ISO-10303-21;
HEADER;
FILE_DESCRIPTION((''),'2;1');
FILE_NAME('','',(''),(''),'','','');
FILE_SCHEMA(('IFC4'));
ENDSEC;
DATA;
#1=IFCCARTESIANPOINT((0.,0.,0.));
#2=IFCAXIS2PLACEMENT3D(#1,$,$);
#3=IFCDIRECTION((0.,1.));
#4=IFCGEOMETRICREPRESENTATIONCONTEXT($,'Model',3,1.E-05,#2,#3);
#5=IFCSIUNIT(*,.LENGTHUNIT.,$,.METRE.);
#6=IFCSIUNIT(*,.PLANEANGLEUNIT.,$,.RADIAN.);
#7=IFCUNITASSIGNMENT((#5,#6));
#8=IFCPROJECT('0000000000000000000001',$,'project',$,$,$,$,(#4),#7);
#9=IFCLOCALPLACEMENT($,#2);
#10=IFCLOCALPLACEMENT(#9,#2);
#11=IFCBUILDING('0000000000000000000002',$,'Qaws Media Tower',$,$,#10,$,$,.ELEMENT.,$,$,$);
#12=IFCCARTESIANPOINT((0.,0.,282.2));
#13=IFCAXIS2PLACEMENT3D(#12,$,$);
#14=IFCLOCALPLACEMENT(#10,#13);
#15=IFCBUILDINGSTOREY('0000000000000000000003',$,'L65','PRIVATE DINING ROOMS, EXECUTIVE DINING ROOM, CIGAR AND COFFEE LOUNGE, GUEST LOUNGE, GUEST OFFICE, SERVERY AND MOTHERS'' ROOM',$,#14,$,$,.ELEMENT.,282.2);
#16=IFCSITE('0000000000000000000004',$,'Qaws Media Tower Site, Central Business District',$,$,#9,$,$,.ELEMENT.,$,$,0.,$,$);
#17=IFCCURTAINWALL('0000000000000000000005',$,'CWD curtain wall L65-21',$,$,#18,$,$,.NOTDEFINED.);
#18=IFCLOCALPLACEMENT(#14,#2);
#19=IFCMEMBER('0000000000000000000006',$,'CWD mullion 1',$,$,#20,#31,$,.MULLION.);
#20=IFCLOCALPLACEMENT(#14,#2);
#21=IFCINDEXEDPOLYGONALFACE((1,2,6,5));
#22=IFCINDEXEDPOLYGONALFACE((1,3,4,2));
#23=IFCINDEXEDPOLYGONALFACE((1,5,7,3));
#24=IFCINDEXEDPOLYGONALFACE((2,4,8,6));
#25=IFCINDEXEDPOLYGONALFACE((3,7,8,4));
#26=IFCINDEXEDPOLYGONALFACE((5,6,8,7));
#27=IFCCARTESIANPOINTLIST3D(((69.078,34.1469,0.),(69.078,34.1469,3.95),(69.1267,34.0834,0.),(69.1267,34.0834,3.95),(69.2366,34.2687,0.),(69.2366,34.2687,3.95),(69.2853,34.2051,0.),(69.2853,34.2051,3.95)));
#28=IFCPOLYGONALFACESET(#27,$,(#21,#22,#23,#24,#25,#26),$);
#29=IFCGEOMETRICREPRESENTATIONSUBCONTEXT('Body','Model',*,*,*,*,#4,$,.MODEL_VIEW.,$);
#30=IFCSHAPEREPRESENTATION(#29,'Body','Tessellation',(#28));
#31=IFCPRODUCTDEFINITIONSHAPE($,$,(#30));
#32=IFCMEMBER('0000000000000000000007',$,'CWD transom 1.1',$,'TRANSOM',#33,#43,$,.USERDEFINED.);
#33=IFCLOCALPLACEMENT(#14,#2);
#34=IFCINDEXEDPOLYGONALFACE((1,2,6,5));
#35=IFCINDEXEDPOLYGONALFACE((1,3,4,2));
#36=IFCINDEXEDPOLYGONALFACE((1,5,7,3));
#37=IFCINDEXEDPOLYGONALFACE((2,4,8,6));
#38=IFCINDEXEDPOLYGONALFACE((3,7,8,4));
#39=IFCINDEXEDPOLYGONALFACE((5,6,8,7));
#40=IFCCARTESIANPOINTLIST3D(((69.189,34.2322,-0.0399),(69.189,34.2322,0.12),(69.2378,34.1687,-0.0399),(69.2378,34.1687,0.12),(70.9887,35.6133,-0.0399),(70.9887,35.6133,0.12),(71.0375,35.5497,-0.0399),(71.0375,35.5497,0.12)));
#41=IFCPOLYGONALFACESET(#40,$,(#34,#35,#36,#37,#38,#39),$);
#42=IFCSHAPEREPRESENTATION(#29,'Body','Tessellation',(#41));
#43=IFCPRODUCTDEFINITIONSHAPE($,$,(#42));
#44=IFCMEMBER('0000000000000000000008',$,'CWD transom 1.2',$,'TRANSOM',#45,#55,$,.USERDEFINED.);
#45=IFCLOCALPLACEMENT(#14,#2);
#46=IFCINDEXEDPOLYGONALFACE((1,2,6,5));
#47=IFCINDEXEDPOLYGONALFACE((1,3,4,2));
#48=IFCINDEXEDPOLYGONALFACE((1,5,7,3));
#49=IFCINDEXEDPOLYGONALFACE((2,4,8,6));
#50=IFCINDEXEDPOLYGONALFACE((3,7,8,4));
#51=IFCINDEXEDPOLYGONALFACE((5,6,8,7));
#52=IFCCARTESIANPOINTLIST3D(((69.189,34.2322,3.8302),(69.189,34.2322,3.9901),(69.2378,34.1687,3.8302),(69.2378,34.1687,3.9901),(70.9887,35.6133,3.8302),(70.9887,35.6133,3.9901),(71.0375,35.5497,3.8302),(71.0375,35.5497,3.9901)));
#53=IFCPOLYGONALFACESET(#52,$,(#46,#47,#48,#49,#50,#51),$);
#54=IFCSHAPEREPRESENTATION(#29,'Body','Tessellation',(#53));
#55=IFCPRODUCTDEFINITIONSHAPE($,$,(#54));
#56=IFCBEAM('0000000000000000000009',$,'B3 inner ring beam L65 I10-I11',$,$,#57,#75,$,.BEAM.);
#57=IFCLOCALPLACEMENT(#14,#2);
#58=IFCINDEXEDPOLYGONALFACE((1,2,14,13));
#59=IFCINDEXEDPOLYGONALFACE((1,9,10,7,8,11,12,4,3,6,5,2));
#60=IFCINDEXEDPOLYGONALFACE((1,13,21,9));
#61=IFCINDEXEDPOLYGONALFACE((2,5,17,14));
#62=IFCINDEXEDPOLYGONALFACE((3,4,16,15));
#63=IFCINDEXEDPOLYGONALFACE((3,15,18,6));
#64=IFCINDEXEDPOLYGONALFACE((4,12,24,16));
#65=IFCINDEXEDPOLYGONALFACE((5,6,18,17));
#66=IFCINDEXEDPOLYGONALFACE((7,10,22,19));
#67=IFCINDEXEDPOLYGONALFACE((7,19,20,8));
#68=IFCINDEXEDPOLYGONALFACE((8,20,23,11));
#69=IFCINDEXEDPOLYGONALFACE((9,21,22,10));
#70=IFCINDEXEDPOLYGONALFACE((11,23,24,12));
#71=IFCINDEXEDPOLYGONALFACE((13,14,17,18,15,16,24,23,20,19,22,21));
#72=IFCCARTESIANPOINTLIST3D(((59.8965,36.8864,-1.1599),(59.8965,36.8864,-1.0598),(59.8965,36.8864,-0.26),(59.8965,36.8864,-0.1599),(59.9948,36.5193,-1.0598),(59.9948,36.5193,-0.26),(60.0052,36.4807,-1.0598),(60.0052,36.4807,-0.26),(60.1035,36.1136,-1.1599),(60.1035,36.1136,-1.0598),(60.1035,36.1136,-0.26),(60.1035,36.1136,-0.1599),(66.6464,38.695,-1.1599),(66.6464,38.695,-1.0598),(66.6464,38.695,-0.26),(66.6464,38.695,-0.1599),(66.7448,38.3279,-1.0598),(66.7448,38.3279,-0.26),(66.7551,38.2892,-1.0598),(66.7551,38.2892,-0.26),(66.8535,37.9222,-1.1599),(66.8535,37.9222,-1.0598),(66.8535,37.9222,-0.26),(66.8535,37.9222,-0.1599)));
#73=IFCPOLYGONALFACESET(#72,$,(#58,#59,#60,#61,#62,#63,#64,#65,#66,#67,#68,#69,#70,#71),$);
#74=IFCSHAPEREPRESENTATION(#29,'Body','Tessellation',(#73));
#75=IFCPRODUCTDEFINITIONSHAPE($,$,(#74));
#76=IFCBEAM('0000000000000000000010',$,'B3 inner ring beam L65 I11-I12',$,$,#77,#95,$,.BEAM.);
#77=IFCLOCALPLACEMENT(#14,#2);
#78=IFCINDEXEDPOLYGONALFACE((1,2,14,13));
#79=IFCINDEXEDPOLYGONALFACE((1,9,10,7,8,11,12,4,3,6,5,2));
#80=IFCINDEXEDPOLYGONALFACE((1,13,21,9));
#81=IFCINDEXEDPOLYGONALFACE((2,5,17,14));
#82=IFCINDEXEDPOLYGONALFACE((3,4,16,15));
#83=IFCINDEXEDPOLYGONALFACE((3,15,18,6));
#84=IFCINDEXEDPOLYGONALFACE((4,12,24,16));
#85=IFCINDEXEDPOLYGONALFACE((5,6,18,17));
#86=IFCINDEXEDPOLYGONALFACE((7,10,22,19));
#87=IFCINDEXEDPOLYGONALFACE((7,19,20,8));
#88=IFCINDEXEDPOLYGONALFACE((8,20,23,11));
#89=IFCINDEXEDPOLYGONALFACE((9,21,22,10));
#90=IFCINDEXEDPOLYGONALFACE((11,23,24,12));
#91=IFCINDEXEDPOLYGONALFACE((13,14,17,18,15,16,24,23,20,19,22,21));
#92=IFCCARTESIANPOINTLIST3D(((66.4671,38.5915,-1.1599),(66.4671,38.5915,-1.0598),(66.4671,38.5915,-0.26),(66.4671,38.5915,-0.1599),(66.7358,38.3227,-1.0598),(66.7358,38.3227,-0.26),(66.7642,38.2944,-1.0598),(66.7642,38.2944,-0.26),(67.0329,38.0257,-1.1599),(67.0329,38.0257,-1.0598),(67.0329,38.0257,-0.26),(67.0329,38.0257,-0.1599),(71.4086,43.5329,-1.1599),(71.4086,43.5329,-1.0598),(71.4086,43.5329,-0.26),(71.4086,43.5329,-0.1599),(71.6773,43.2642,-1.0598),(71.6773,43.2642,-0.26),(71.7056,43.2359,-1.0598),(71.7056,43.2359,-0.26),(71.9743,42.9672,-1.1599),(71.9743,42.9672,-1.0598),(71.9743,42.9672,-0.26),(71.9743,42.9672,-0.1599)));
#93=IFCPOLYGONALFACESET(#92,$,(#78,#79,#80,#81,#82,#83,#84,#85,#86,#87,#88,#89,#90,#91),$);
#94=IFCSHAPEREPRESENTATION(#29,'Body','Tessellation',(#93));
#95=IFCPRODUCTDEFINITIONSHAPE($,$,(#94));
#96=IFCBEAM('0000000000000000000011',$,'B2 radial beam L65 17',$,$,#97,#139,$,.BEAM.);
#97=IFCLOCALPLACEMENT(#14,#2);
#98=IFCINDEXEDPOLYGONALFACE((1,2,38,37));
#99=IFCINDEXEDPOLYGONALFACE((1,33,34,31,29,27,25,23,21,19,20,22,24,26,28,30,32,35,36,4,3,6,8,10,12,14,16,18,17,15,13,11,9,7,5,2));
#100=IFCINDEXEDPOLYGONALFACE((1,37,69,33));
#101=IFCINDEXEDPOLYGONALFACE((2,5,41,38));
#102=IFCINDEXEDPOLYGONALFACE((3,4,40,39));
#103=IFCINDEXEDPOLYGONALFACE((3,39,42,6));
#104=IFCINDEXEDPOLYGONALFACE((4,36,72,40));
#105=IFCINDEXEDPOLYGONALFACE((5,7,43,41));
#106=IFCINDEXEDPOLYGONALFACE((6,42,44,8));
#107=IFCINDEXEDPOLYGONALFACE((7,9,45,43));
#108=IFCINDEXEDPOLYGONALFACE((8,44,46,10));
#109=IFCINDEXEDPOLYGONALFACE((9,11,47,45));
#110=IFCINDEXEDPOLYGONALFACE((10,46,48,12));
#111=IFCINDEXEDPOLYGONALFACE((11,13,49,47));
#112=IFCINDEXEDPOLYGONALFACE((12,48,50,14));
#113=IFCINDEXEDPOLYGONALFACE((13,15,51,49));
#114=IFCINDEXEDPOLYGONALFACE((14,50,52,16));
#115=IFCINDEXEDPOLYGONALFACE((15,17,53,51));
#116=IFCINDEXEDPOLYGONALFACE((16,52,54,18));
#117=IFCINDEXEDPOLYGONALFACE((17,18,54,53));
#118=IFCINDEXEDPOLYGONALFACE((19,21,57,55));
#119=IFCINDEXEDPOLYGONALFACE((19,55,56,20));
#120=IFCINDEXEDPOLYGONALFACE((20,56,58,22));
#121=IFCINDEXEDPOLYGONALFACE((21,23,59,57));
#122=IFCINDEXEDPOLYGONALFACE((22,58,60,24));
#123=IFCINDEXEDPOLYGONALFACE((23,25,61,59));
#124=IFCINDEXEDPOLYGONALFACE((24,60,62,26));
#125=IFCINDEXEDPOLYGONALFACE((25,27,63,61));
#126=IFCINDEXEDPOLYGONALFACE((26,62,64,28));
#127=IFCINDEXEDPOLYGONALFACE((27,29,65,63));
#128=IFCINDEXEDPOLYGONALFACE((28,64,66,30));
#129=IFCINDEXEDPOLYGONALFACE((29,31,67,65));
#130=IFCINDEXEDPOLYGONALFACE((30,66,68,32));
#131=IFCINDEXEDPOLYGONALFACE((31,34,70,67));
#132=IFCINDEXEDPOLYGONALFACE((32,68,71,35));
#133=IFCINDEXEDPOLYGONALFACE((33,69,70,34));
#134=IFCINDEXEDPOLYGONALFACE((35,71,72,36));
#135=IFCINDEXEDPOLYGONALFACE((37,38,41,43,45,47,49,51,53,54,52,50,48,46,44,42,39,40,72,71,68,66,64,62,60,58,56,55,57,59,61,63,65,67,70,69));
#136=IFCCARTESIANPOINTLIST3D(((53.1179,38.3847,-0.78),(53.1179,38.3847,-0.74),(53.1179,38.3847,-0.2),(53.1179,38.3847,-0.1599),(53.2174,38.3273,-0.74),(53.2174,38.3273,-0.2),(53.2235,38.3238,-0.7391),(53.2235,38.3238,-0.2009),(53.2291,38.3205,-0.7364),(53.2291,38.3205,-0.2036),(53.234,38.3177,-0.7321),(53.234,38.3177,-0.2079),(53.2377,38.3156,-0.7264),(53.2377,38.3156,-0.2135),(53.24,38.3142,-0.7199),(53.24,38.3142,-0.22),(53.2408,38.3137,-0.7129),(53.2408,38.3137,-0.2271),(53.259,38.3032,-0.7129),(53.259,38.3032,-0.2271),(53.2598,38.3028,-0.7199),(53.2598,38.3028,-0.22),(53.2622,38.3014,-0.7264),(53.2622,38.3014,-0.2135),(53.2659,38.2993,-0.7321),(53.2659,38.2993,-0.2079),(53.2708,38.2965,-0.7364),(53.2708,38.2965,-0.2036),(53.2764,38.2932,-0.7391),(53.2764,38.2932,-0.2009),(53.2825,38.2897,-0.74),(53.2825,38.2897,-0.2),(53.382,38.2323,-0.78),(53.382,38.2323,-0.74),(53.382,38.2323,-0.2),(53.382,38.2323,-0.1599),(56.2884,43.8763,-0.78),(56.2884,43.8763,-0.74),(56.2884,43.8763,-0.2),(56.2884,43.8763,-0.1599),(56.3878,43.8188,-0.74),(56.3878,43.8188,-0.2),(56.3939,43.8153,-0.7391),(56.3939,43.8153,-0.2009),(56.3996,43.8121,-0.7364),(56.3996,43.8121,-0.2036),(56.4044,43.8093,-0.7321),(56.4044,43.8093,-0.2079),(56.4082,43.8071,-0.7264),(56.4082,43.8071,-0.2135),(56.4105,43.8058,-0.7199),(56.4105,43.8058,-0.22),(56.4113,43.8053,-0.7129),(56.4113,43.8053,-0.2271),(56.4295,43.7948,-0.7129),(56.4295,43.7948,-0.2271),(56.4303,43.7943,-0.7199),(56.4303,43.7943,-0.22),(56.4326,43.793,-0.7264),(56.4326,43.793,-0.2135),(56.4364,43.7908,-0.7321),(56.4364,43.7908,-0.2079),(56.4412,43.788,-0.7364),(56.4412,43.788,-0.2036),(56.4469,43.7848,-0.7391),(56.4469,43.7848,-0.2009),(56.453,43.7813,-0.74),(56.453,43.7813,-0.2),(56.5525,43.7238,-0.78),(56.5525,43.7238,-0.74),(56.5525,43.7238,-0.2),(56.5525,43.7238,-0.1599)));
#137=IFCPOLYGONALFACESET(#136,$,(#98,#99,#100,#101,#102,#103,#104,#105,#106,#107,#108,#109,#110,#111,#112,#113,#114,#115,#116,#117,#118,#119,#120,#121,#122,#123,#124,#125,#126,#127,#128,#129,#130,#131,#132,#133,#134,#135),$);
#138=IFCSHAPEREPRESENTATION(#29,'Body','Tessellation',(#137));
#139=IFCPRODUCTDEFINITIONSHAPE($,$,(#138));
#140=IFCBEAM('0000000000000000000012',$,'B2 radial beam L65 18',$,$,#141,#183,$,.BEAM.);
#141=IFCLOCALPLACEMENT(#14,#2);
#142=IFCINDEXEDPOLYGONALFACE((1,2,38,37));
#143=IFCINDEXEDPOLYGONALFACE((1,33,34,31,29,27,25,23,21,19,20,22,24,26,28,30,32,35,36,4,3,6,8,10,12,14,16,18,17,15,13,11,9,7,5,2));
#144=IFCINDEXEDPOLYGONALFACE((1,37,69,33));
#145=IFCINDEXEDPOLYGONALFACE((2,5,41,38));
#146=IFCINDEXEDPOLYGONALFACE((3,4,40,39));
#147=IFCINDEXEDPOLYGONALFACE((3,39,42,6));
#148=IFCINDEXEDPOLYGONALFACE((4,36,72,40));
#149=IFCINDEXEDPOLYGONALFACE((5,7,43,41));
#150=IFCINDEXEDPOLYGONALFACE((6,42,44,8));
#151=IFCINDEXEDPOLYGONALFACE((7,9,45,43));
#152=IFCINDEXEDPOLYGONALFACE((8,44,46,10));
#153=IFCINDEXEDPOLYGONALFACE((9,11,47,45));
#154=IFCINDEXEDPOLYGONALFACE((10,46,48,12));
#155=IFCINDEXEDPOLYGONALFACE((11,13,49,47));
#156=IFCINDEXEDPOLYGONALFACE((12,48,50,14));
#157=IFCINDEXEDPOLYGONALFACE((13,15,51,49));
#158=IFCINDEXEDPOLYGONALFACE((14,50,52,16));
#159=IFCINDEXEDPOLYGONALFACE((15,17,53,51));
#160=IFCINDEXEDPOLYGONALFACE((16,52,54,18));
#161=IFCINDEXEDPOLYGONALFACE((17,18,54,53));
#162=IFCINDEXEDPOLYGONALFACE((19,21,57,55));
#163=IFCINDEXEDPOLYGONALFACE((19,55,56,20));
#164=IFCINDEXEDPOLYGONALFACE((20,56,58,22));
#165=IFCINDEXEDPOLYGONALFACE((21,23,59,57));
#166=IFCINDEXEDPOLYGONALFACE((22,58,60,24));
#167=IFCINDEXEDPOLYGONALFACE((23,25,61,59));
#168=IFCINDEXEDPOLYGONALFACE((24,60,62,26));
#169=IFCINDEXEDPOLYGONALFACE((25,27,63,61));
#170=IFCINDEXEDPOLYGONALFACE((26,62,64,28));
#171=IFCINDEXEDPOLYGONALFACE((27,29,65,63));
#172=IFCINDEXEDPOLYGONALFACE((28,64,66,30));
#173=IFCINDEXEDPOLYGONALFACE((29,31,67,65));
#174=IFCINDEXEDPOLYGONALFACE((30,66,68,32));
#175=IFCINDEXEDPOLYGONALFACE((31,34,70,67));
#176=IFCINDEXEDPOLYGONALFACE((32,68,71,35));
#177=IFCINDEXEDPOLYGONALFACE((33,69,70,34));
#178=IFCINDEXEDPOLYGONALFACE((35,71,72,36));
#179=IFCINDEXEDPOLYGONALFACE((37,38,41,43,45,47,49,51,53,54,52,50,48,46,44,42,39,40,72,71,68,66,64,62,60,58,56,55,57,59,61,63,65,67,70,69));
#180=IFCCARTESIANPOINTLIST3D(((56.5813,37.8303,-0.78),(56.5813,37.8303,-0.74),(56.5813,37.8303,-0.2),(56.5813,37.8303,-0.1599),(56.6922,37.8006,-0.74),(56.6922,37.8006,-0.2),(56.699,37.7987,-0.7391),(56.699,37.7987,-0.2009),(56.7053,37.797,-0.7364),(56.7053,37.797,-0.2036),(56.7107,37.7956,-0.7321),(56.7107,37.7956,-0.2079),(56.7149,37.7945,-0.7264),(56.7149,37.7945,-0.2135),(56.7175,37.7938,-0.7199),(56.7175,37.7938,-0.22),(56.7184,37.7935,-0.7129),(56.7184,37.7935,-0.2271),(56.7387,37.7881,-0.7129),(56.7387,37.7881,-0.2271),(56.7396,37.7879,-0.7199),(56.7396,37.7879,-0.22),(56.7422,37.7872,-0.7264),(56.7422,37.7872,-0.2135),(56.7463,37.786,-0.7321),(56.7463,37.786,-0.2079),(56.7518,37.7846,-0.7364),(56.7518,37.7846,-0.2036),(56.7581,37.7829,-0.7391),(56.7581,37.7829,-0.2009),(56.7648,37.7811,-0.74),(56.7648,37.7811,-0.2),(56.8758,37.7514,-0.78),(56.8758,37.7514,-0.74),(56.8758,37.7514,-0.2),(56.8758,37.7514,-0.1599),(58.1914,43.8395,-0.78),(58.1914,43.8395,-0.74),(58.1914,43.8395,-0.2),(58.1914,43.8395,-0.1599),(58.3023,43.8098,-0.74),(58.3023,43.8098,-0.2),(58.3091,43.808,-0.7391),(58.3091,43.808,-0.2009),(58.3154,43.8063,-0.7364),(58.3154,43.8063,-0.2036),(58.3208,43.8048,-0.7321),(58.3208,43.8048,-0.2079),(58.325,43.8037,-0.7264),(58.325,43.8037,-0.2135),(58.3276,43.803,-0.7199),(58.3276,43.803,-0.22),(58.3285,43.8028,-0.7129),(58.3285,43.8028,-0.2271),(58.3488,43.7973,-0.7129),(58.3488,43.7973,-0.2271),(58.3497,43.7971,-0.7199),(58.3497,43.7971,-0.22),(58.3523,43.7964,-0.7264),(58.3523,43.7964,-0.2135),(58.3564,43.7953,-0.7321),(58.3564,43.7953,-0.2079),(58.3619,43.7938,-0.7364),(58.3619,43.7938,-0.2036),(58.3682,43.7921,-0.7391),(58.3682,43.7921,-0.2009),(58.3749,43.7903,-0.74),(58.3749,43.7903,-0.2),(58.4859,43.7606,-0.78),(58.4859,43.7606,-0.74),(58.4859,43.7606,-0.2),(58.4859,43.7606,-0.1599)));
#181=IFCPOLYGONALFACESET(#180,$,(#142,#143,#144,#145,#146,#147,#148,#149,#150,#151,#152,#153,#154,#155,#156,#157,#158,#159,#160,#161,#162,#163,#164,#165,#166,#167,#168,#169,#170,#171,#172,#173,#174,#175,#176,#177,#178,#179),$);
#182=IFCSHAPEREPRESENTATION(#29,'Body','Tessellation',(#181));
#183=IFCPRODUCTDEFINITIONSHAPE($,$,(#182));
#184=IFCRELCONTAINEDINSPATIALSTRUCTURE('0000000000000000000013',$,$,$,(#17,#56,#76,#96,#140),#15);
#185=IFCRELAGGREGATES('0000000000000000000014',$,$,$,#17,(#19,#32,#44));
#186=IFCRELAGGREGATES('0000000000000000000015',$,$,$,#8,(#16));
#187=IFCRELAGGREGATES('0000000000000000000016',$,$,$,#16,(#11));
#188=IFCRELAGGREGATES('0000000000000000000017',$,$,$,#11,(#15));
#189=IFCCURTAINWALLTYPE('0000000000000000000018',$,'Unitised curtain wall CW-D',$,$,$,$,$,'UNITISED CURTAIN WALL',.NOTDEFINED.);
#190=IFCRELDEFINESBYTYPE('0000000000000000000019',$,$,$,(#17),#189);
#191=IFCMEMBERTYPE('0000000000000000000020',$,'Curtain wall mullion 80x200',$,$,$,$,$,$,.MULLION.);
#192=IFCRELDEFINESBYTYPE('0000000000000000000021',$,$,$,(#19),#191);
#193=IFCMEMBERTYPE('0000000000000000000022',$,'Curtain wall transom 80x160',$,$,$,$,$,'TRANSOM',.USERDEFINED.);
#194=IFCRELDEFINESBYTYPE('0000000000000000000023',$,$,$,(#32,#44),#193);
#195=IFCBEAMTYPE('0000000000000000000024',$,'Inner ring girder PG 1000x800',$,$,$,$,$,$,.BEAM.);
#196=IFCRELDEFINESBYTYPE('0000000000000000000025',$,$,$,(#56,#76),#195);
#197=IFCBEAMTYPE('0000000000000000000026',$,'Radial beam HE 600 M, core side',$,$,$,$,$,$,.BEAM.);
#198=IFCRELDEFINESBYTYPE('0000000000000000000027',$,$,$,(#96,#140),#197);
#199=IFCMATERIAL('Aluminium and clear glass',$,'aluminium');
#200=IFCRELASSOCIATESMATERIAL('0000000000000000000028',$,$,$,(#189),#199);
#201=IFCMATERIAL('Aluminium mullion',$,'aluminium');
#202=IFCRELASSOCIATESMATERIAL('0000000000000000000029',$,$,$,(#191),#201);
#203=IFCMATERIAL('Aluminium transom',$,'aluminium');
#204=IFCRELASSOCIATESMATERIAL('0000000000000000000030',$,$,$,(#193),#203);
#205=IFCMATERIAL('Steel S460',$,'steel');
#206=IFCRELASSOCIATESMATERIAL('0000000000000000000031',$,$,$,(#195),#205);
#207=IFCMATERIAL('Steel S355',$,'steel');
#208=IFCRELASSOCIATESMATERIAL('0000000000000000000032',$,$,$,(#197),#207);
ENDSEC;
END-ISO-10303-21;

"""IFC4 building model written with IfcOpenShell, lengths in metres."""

from ifc_helpers import new_model, si_unit, direction, frame, origin, origin_2d, place, context, subcontext, project, spatial, rectangle, i_section, extrude, material, material_profile, profile_set, type_object, element, aggregate, save


model = new_model("IFC4")

# Units and contexts
model_context = context("Model", 3, precision=1e-05, world=origin(), true_north=direction((0.0, 1.0)))
body_context = subcontext(model_context, "Body", "Model", "MODEL_VIEW")
ifc_project = project(units=[si_unit("LENGTHUNIT", "METRE"), si_unit("PLANEANGLEUNIT", "RADIAN")], contexts=[model_context])

# Site, building, storey
site_placement = place(None, origin())
site = spatial("IfcSite", under=ifc_project, at=site_placement, Name="Qaws Media Tower Site, Central Business District", CompositionType="ELEMENT", RefElevation=0.0)
building_placement = place(site_placement, origin())
building = spatial("IfcBuilding", under=site, at=building_placement, Name="Qaws Media Tower", CompositionType="ELEMENT")
storey_placement = place(building_placement, frame((0.0, 0.0, 282.2)))
storey = spatial("IfcBuildingStorey", under=building, at=storey_placement, Name="L65", Description="PRIVATE DINING ROOMS, EXECUTIVE DINING ROOM, CIGAR AND COFFEE LOUNGE, GUEST LOUNGE, GUEST OFFICE, SERVERY AND MOTHERS' ROOM", CompositionType="ELEMENT", Elevation=282.2)

# Curtain wall, members
ifc_material_1 = material(Name="Aluminium and clear glass", Category="aluminium")
curtain_wall_type = type_object("IfcCurtainWallType", Name="Unitised curtain wall CW-D", ElementType="UNITISED CURTAIN WALL", PredefinedType="NOTDEFINED", material=ifc_material_1)
curtain_wall_placement = place(storey_placement, origin())
curtain_wall = element("IfcCurtainWall", 1, at=curtain_wall_placement, inside=storey, type_object=curtain_wall_type, Name="CWD curtain wall L65-21", PredefinedType="NOTDEFINED")
ifc_material_2 = material(Name="Aluminium mullion", Category="aluminium")
ifc_material_profile_1 = material_profile(ifc_material_2, rectangle(XDim=0.0801, YDim=0.2, at=origin_2d()), Name="80x200")
ifc_profile_set_1 = profile_set([ifc_material_profile_1], Name="Aluminium mullion")
member_type_1 = type_object("IfcMemberType", Name="Curtain wall mullion 80x200", PredefinedType="MULLION", material=ifc_profile_set_1)
member_1_placement = place(storey_placement, frame((69.1816, 34.176, 0.0), z_axis=(0.0, 0.0, 1.0), x_axis=(-0.608761, 0.793353, 0.0)))
member_1 = element("IfcMember", 2, at=member_1_placement, type_object=member_type_1, Name="CWD mullion 1", PredefinedType="MULLION", context=body_context, shape_type="SweptSolid", body=[
    extrude(rectangle(XDim=0.0801, YDim=0.2, at=origin_2d()), origin(), (0.0, 0.0, 1.0), 3.95),
])
ifc_material_3 = material(Name="Aluminium transom", Category="aluminium")
ifc_material_profile_2 = material_profile(ifc_material_3, rectangle(XDim=0.0801, YDim=0.1599, at=origin_2d()), Name="80x160")
ifc_profile_set_2 = profile_set([ifc_material_profile_2], Name="Aluminium transom")
member_type_2 = type_object("IfcMemberType", Name="Curtain wall transom 80x160", ElementType="TRANSOM", PredefinedType="USERDEFINED", material=ifc_profile_set_2)
member_2_placement = place(storey_placement, frame((69.2134, 34.2004, 0.04), z_axis=(0.79334, 0.608779, 0.0), x_axis=(-0.608779, 0.79334, 0.0)))
member_2 = element("IfcMember", 3, at=member_2_placement, type_object=member_type_2, Name="CWD transom 1.1", ObjectType="TRANSOM", PredefinedType="USERDEFINED", context=body_context, shape_type="SweptSolid", body=[
    extrude(rectangle(XDim=0.0801, YDim=0.1599, at=origin_2d()), origin(), (0.0, 0.0, 1.0), 2.2686),
])
member_3_placement = place(storey_placement, frame((69.2134, 34.2004, 3.9102), z_axis=(0.79334, 0.608779, 0.0), x_axis=(-0.608779, 0.79334, 0.0)))
member_3 = element("IfcMember", 4, at=member_3_placement, type_object=member_type_2, Name="CWD transom 1.2", ObjectType="TRANSOM", PredefinedType="USERDEFINED", context=body_context, shape_type="SweptSolid", body=[
    extrude(rectangle(XDim=0.0801, YDim=0.1599, at=origin_2d()), origin(), (0.0, 0.0, 1.0), 2.2686),
])
aggregate(curtain_wall, [member_1, member_2, member_3])

# Beams
ifc_material_4 = material(Name="Steel S460", Category="steel")
ifc_material_profile_3 = material_profile(ifc_material_4, i_section(OverallWidth=0.8, OverallDepth=1.0, WebThickness=0.04, FlangeThickness=0.1001, at=origin_2d()), Name="PG 1000x800")
ifc_profile_set_3 = profile_set([ifc_material_profile_3], Name="Steel S460")
beam_type_1 = type_object("IfcBeamType", Name="Inner ring girder PG 1000x800", PredefinedType="BEAM", material=ifc_profile_set_3)
beam_1_placement = place(storey_placement, frame((60.0, 36.5, -0.6599), z_axis=(0.965928, 0.258811, 0.0), x_axis=(-0.258811, 0.965928, 0.0)))
element("IfcBeam", 5, at=beam_1_placement, inside=storey, type_object=beam_type_1, Name="B3 inner ring beam L65 I10-I11", PredefinedType="BEAM", context=body_context, shape_type="SweptSolid", body=[
    extrude(i_section(OverallWidth=0.8, OverallDepth=1.0, WebThickness=0.04, FlangeThickness=0.1001, at=origin_2d()), origin(), (0.0, 0.0, 1.0), 6.988),
])
beam_2_placement = place(storey_placement, frame((66.75, 38.3086, -0.6599), z_axis=(0.707107, 0.707107, 0.0), x_axis=(-0.707107, 0.707107, 0.0)))
element("IfcBeam", 6, at=beam_2_placement, inside=storey, type_object=beam_type_1, Name="B3 inner ring beam L65 I11-I12", PredefinedType="BEAM", context=body_context, shape_type="SweptSolid", body=[
    extrude(i_section(OverallWidth=0.8, OverallDepth=1.0, WebThickness=0.04, FlangeThickness=0.1001, at=origin_2d()), origin(), (0.0, 0.0, 1.0), 6.9883),
])
ifc_material_5 = material(Name="Steel S355", Category="steel")
ifc_material_profile_4 = material_profile(ifc_material_5, i_section(OverallWidth=0.3049, OverallDepth=0.6201, WebThickness=0.021, FlangeThickness=0.04, FilletRadius=0.0271, at=origin_2d()), Name="HE 600 M")
ifc_profile_set_4 = profile_set([ifc_material_profile_4], Name="Steel S355")
beam_type_2 = type_object("IfcBeamType", Name="Radial beam HE 600 M, core side", PredefinedType="BEAM", material=ifc_profile_set_4)
beam_3_placement = place(storey_placement, frame((56.4204, 43.8, -0.47), z_axis=(-0.49999, -0.866031, 0.0), x_axis=(0.866031, -0.49999, 0.0)))
element("IfcBeam", 7, at=beam_3_placement, inside=storey, type_object=beam_type_2, Name="B2 radial beam L65 17", PredefinedType="BEAM", context=body_context, shape_type="SweptSolid", body=[
    extrude(i_section(OverallWidth=0.3049, OverallDepth=0.6201, WebThickness=0.021, FlangeThickness=0.04, FilletRadius=0.0271, at=origin_2d()), origin(), (0.0, 0.0, 1.0), 6.3411),
])
beam_4_placement = place(storey_placement, frame((58.3386, 43.8, -0.47), z_axis=(-0.258808, -0.965929, 0.0), x_axis=(0.965929, -0.258808, 0.0)))
element("IfcBeam", 8, at=beam_4_placement, inside=storey, type_object=beam_type_2, Name="B2 radial beam L65 18", PredefinedType="BEAM", context=body_context, shape_type="SweptSolid", body=[
    extrude(i_section(OverallWidth=0.3049, OverallDepth=0.6201, WebThickness=0.021, FlangeThickness=0.04, FilletRadius=0.0271, at=origin_2d()), origin(), (0.0, 0.0, 1.0), 6.2212),
])

save(model, "model.ifc")
